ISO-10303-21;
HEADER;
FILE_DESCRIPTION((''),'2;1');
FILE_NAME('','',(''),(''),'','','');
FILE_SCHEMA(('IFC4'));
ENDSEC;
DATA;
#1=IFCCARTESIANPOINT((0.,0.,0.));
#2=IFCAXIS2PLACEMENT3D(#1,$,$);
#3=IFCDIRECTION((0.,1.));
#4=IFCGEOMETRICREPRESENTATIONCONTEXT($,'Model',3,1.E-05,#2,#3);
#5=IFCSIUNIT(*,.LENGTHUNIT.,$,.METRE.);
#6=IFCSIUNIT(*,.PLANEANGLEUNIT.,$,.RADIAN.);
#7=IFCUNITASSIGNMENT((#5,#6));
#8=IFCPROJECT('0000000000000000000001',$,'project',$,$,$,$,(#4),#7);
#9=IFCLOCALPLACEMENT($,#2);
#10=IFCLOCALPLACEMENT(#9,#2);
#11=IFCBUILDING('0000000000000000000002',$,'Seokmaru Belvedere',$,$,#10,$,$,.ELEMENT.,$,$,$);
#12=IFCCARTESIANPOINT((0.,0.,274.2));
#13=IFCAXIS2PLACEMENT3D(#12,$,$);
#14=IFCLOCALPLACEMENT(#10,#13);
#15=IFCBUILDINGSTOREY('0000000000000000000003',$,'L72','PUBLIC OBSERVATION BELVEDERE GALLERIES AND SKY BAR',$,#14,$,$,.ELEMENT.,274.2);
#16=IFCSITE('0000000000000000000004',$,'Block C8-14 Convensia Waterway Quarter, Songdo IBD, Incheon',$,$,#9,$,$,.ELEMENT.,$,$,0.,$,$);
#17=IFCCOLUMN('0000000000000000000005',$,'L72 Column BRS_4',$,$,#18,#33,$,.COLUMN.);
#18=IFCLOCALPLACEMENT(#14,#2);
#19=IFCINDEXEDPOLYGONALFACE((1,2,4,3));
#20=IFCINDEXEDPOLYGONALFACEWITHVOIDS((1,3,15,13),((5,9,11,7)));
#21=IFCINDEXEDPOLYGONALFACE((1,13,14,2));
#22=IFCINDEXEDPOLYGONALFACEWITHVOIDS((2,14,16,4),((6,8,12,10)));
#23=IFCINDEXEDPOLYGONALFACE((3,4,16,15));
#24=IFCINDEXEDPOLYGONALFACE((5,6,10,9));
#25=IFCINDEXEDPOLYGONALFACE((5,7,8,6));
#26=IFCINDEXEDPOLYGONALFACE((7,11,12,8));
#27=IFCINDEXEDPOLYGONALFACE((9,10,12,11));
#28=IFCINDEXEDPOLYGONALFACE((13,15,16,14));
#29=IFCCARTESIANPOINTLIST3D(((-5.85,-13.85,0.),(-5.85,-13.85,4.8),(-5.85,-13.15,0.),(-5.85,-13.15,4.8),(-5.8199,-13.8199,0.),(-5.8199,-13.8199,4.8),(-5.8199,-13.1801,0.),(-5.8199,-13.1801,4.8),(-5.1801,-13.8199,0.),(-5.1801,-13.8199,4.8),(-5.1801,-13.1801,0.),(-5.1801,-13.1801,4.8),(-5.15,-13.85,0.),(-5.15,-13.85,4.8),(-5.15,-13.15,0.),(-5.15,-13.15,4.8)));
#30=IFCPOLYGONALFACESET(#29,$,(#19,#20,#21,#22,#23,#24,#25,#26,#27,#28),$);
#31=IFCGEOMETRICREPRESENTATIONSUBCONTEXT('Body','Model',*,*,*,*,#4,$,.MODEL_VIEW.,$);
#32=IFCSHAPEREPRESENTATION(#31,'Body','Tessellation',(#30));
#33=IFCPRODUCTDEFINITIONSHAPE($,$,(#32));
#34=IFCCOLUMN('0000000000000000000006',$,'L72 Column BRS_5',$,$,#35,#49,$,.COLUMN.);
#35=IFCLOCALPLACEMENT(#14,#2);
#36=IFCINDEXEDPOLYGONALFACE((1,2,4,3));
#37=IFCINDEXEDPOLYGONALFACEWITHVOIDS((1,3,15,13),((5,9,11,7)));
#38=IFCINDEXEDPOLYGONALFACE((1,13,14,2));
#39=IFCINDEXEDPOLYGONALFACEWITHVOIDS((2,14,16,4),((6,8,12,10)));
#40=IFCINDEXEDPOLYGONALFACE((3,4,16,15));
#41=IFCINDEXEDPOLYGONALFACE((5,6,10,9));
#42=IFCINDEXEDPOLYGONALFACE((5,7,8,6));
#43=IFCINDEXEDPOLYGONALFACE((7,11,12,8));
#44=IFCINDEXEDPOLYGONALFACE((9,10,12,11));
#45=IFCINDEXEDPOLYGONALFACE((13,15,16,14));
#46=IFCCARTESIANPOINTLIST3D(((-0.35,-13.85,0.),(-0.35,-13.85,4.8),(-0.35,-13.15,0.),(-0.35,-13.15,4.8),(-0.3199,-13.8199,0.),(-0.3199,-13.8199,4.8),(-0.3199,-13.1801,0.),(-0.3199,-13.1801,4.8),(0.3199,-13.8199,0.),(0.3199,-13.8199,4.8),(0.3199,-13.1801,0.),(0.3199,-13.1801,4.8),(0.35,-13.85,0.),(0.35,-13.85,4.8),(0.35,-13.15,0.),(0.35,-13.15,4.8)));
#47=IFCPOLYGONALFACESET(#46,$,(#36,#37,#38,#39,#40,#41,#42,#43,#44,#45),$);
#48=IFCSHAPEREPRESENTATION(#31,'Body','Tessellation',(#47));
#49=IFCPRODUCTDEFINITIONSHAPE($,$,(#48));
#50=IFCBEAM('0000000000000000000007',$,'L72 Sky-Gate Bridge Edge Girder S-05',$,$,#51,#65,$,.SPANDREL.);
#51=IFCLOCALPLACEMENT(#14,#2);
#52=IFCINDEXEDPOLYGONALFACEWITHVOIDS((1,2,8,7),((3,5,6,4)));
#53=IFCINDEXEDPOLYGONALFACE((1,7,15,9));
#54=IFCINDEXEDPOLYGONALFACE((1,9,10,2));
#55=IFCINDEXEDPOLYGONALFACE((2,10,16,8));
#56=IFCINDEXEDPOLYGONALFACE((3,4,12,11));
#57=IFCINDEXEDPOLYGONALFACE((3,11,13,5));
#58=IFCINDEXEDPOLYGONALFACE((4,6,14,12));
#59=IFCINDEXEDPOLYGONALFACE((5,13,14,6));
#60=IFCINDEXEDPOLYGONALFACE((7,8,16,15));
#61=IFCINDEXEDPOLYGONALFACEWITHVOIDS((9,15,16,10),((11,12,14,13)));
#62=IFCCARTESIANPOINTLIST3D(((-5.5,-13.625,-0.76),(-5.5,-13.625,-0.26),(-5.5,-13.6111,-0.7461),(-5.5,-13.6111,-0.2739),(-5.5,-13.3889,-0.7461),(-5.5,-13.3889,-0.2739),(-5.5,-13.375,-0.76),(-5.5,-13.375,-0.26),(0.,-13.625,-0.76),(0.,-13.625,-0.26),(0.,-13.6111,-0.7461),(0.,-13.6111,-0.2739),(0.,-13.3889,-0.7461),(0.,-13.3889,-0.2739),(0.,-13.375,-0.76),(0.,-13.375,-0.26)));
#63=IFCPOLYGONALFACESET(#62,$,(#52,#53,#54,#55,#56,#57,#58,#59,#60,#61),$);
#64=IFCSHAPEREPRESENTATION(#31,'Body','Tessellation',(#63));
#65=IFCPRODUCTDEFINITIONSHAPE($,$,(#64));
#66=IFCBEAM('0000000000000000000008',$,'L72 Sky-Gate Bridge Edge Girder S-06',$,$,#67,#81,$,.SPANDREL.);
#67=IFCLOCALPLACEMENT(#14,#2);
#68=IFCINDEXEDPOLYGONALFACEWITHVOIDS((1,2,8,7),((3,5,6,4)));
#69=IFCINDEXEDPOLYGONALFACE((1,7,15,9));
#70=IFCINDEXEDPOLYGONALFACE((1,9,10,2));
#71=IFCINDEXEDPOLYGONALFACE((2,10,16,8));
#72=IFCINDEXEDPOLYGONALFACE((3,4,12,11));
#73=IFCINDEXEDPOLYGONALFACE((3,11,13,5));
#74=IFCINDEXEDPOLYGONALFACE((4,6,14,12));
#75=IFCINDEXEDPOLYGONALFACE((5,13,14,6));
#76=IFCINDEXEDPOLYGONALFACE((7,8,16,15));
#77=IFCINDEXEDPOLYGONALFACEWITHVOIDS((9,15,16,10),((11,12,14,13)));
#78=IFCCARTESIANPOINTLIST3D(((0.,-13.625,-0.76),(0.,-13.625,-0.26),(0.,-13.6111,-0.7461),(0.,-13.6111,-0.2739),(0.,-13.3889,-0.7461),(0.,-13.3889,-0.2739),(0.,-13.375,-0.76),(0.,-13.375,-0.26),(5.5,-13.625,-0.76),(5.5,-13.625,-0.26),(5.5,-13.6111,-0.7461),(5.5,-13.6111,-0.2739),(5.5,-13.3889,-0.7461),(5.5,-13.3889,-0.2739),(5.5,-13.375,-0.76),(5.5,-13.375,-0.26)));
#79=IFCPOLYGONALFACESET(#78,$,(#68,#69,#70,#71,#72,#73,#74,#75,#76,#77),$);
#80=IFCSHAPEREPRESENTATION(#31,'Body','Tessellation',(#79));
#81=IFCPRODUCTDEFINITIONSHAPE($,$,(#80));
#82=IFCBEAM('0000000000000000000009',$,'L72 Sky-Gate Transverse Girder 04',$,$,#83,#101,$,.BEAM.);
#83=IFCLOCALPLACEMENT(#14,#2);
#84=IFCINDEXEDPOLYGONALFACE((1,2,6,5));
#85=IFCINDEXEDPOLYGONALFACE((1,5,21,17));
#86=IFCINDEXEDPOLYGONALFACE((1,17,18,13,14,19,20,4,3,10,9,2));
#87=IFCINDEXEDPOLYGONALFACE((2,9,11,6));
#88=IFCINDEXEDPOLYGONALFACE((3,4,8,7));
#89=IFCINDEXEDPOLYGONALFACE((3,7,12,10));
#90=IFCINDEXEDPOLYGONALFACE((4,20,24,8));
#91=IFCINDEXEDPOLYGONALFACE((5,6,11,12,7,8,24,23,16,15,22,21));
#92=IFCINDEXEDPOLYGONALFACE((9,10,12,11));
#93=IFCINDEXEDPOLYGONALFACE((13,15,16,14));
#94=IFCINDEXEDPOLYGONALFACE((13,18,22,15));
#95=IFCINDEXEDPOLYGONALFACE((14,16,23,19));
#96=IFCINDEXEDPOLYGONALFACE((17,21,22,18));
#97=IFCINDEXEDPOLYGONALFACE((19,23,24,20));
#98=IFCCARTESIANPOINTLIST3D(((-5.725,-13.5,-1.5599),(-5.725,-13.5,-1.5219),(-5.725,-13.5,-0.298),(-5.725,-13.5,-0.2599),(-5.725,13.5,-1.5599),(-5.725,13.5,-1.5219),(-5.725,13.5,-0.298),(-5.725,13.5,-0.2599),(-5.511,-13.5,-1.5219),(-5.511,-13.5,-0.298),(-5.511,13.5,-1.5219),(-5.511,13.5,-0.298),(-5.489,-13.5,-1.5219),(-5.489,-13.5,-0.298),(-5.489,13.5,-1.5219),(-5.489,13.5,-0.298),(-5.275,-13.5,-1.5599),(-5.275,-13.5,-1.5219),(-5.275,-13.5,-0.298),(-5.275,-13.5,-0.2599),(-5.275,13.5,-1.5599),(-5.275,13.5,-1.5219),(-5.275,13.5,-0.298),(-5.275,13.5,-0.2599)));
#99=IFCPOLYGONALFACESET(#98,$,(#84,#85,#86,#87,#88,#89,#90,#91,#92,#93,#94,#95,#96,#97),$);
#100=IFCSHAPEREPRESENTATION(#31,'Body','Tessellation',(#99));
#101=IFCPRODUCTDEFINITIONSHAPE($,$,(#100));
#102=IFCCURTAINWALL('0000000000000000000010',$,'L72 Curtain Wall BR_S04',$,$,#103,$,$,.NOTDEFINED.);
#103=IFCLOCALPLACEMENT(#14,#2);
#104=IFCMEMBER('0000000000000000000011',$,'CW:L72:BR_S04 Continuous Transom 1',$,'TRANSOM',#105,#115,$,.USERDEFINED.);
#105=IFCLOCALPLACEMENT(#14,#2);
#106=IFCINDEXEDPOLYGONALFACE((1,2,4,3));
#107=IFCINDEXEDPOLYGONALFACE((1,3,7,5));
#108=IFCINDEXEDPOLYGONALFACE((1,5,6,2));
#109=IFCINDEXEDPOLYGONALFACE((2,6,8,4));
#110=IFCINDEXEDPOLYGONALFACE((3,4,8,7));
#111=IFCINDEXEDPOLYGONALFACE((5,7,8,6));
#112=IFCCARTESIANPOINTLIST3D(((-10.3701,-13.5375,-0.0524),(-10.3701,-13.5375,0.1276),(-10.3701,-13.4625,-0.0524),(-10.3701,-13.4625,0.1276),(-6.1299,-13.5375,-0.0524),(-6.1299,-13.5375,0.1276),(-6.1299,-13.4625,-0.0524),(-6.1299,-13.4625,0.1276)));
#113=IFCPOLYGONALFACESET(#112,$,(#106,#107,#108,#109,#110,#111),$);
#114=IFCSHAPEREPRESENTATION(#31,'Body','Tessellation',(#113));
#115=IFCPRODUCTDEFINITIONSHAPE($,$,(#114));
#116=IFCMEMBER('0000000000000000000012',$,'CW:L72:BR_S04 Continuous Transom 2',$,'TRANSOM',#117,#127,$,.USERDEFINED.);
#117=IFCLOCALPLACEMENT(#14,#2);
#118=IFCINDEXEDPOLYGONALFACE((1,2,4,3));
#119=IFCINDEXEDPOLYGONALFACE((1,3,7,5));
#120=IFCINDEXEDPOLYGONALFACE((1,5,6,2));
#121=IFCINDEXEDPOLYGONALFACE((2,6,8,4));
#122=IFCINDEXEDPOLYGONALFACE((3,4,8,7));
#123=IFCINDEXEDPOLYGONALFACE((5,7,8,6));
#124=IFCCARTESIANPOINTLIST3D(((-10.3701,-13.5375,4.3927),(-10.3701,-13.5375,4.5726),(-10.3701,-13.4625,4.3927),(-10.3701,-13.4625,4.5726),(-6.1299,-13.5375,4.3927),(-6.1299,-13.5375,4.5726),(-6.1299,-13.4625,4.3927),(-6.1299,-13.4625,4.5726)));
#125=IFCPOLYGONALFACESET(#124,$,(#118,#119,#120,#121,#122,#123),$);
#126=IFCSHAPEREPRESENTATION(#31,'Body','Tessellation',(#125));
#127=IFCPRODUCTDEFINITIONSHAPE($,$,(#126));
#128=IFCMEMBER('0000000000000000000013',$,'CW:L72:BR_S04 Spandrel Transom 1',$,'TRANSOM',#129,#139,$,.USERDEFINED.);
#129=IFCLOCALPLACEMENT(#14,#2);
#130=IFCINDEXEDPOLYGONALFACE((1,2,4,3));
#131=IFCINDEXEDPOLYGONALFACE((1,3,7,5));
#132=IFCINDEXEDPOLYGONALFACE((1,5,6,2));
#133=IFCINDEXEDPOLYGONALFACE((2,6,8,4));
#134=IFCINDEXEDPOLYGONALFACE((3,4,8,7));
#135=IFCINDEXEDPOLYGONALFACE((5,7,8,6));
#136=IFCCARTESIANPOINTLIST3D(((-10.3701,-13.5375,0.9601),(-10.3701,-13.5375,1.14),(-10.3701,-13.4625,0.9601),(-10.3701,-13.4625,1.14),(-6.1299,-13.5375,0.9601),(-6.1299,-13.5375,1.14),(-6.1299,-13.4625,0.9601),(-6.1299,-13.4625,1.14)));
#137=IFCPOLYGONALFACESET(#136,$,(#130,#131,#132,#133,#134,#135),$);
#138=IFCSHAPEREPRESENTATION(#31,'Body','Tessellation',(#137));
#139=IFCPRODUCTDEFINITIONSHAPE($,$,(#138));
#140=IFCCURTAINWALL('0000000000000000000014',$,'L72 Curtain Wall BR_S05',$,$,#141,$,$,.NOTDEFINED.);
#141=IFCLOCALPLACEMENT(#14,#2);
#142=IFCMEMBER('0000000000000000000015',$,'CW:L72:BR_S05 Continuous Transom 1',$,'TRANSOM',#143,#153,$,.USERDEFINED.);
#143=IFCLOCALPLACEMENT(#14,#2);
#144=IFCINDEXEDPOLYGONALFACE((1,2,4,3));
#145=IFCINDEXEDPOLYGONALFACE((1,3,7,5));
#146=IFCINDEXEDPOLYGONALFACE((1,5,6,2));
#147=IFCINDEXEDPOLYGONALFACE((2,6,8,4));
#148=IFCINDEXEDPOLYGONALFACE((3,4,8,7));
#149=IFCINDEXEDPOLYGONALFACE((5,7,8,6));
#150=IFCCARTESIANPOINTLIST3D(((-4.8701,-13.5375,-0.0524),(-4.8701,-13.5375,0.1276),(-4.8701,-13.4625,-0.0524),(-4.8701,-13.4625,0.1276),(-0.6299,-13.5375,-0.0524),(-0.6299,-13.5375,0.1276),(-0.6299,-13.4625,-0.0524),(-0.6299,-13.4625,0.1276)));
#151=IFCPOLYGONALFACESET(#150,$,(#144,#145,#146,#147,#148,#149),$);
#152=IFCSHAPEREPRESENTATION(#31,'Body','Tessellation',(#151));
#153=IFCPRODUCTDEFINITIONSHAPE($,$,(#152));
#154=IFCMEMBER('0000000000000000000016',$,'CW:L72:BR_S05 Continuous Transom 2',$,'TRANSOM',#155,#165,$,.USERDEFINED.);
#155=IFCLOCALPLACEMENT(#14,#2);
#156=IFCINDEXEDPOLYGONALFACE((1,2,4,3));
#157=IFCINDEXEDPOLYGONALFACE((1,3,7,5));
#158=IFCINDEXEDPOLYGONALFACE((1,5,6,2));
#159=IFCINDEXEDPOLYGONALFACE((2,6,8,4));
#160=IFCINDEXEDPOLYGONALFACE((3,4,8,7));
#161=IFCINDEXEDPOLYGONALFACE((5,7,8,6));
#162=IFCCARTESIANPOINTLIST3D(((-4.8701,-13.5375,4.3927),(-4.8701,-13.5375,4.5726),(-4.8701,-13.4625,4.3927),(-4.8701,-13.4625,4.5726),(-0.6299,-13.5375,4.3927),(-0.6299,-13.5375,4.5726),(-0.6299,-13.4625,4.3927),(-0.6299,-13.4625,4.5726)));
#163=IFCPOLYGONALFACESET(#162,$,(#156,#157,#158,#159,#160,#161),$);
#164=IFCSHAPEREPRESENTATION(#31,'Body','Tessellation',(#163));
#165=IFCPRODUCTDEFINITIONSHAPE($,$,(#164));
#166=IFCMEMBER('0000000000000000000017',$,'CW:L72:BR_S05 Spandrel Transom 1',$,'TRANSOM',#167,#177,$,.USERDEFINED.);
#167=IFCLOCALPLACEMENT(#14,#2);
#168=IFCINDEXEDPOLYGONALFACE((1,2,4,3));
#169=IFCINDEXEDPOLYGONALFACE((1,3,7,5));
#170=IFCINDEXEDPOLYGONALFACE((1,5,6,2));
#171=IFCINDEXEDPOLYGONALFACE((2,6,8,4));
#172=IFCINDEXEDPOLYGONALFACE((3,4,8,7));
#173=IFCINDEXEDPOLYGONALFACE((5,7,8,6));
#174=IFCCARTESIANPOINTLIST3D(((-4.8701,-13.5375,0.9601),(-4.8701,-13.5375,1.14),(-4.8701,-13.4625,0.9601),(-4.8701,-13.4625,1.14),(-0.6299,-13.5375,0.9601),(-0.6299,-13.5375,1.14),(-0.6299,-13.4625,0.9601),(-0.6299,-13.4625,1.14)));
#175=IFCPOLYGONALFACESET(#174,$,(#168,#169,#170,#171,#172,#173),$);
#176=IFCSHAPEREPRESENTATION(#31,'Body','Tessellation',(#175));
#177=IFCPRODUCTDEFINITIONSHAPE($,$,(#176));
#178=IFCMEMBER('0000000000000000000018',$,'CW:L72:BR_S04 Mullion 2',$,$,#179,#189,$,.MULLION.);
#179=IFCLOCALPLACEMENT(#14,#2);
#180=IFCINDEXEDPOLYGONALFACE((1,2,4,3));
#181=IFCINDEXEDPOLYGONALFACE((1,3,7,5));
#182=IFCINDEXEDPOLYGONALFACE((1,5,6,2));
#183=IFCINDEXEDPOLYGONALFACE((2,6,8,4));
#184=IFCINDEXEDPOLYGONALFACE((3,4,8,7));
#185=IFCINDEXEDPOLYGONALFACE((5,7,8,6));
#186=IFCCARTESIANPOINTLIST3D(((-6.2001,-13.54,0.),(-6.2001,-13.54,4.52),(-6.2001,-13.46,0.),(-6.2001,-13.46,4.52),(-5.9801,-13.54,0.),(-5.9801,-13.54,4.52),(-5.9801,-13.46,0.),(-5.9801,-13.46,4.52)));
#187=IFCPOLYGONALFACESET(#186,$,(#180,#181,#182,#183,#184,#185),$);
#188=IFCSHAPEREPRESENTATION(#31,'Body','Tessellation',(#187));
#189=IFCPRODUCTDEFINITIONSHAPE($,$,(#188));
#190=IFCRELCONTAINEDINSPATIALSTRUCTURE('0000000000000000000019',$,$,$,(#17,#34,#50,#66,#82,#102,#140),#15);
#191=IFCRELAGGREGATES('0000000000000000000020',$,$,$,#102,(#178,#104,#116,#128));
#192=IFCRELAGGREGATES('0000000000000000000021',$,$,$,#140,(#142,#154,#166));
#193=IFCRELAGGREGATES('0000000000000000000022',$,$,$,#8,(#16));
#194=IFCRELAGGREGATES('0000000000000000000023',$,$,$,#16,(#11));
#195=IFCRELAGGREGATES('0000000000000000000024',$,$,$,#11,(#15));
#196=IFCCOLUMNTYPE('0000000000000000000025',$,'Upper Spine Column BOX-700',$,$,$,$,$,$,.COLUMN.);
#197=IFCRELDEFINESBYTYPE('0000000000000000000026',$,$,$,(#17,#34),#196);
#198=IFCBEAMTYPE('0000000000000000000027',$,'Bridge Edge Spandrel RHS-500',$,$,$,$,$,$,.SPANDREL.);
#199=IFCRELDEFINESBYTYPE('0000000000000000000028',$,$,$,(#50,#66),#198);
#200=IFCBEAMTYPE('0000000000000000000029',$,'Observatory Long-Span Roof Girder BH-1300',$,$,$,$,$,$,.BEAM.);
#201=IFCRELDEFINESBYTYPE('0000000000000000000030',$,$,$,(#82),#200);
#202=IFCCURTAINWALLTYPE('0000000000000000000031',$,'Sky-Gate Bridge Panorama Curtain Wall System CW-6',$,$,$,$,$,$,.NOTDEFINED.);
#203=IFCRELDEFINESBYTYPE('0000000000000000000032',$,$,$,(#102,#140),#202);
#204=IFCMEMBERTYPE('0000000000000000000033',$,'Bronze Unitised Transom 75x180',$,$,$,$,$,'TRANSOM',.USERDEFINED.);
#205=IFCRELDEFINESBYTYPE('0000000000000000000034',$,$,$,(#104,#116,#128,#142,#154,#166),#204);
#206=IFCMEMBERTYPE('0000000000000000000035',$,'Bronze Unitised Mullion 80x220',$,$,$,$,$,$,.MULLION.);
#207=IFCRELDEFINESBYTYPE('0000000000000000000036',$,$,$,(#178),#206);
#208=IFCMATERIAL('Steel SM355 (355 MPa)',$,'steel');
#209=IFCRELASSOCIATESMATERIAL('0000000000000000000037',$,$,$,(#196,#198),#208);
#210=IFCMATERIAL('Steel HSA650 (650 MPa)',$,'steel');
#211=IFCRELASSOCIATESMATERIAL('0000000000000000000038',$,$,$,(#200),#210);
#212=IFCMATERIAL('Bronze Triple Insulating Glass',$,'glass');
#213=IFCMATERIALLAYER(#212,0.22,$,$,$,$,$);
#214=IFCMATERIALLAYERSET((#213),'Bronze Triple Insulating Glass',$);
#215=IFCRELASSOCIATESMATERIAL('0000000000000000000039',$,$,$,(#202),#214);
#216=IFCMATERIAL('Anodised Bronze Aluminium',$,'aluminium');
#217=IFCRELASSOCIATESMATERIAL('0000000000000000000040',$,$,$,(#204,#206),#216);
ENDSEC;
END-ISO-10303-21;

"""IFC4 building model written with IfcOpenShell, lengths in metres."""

from ifc_helpers import new_model, si_unit, direction, frame, origin, origin_2d, place, context, subcontext, project, spatial, rectangle, hollow_rectangle, i_section, extrude, source, transform, mapped, material, layer, layer_set, material_profile, profile_set, type_object, type_shapes, element, aggregate, save


model = new_model("IFC4")

# Units and contexts
model_context = context("Model", 3, precision=1e-05, world=origin(), true_north=direction((0.0, 1.0)))
body_context = subcontext(model_context, "Body", "Model", "MODEL_VIEW")
ifc_project = project(units=[si_unit("LENGTHUNIT", "METRE"), si_unit("PLANEANGLEUNIT", "RADIAN")], contexts=[model_context])

# Site, building, storey
site_placement = place(None, origin())
site = spatial("IfcSite", under=ifc_project, at=site_placement, Name="Block C8-14 Convensia Waterway Quarter, Songdo IBD, Incheon", CompositionType="ELEMENT", RefElevation=0.0)
building_placement = place(site_placement, origin())
building = spatial("IfcBuilding", under=site, at=building_placement, Name="Seokmaru Belvedere", CompositionType="ELEMENT")
storey_placement = place(building_placement, frame((0.0, 0.0, 274.2)))
storey = spatial("IfcBuildingStorey", under=building, at=storey_placement, Name="L72", Description="PUBLIC OBSERVATION BELVEDERE GALLERIES AND SKY BAR", CompositionType="ELEMENT", Elevation=274.2)

# Columns
ifc_material_1 = material(Name="Steel SM355 (355 MPa)", Category="steel")
ifc_material_profile_1 = material_profile(ifc_material_1, hollow_rectangle(XDim=0.7, YDim=0.7, WallThickness=0.03, at=origin_2d()), Name="BOX-700x700x30")
ifc_profile_set_1 = profile_set([ifc_material_profile_1], Name="Steel SM355 (355 MPa)")
column_type = type_object("IfcColumnType", Name="Upper Spine Column BOX-700", PredefinedType="COLUMN", material=ifc_profile_set_1)
shared_shape_1 = source(origin(), body_context, "Body", "SweptSolid", [
    extrude(hollow_rectangle(XDim=0.7, YDim=0.7, WallThickness=0.03, at=origin_2d()), origin(), (0.0, 0.0, 1.0), 4.8),
])
type_shapes(column_type, [shared_shape_1])
for number, where, z_axis, x_axis, name in (
    (1, (-5.5, -13.5, 0.0), (0.0, 0.0, 1.0), (1.0, 0.0, 0.0), "L72 Column BRS_4"),
    (2, (0.0, -13.5, 0.0), (0.0, 0.0, 1.0), (1.0, 0.0, 0.0), "L72 Column BRS_5"),
):
    element("IfcColumn", number, at=place(storey_placement, frame(where, z_axis=z_axis, x_axis=x_axis)), inside=storey, type_object=column_type, Name=name, PredefinedType="COLUMN", context=body_context, shape_type="MappedRepresentation", body=[
        mapped(shared_shape_1, transform((0.0, 0.0, 0.0), scale=1.0)),
    ])

# Beams
ifc_material_profile_2 = material_profile(ifc_material_1, hollow_rectangle(XDim=0.25, YDim=0.5, WallThickness=0.0139, at=origin_2d()), Name="RHS-500x250x14")
ifc_profile_set_2 = profile_set([ifc_material_profile_2], Name="Steel SM355 (355 MPa)")
beam_type_1 = type_object("IfcBeamType", Name="Bridge Edge Spandrel RHS-500", PredefinedType="SPANDREL", material=ifc_profile_set_2)
shared_shape_2 = source(origin(), body_context, "Body", "SweptSolid", [
    extrude(hollow_rectangle(XDim=0.25, YDim=0.5, WallThickness=0.0139, at=origin_2d()), origin(), (0.0, 0.0, 1.0), 5.5),
])
type_shapes(beam_type_1, [shared_shape_2])
for number, where, z_axis, x_axis, name in (
    (3, (-5.5, -13.5, -0.51), (1.0, 0.0, 0.0), (0.0, 1.0, 0.0), "L72 Sky-Gate Bridge Edge Girder S-05"),
    (4, (0.0, -13.5, -0.51), (1.0, 0.0, 0.0), (0.0, 1.0, 0.0), "L72 Sky-Gate Bridge Edge Girder S-06"),
):
    element("IfcBeam", number, at=place(storey_placement, frame(where, z_axis=z_axis, x_axis=x_axis)), inside=storey, type_object=beam_type_1, Name=name, PredefinedType="SPANDREL", context=body_context, shape_type="MappedRepresentation", body=[
        mapped(shared_shape_2, transform((0.0, 0.0, 0.0), scale=1.0)),
    ])
ifc_material_2 = material(Name="Steel HSA650 (650 MPa)", Category="steel")
ifc_material_profile_3 = material_profile(ifc_material_2, i_section(OverallWidth=0.45, OverallDepth=1.3, WebThickness=0.022, FlangeThickness=0.0381, at=origin_2d()), Name="BH-1300x450x22x38")
ifc_profile_set_3 = profile_set([ifc_material_profile_3], Name="Steel HSA650 (650 MPa)")
beam_type_2 = type_object("IfcBeamType", Name="Observatory Long-Span Roof Girder BH-1300", PredefinedType="BEAM", material=ifc_profile_set_3)
shared_shape_3 = source(origin(), body_context, "Body", "SweptSolid", [
    extrude(i_section(OverallWidth=0.45, OverallDepth=1.3, WebThickness=0.022, FlangeThickness=0.0381, at=origin_2d()), origin(), (0.0, 0.0, 1.0), 27.0),
])
type_shapes(beam_type_2, [shared_shape_3])
beam_placement = place(storey_placement, frame((-5.5, -13.5, -0.9099), z_axis=(0.0, 1.0, 0.0), x_axis=(-1.0, 0.0, 0.0)))
element("IfcBeam", 5, at=beam_placement, inside=storey, type_object=beam_type_2, Name="L72 Sky-Gate Transverse Girder 04", PredefinedType="BEAM", context=body_context, shape_type="MappedRepresentation", body=[
    mapped(shared_shape_3, transform((0.0, 0.0, 0.0), scale=1.0)),
])

# Curtain walls, members
ifc_material_3 = material(Name="Bronze Triple Insulating Glass", Category="glass")
ifc_layer_1 = layer(ifc_material_3, 0.22)
ifc_layer_set_1 = layer_set([ifc_layer_1], Name="Bronze Triple Insulating Glass")
curtain_wall_type = type_object("IfcCurtainWallType", Name="Sky-Gate Bridge Panorama Curtain Wall System CW-6", PredefinedType="NOTDEFINED", material=ifc_layer_set_1)
curtain_wall_1_placement = place(storey_placement, origin())
curtain_wall_1 = element("IfcCurtainWall", 6, at=curtain_wall_1_placement, inside=storey, type_object=curtain_wall_type, Name="L72 Curtain Wall BR_S04", PredefinedType="NOTDEFINED")
ifc_material_4 = material(Name="Anodised Bronze Aluminium", Category="aluminium")
ifc_material_profile_4 = material_profile(ifc_material_4, rectangle(XDim=0.075, YDim=0.1799, at=origin_2d()), Name="CW-T-75x180")
ifc_profile_set_4 = profile_set([ifc_material_profile_4], Name="Anodised Bronze Aluminium")
member_type_1 = type_object("IfcMemberType", Name="Bronze Unitised Transom 75x180", ElementType="TRANSOM", PredefinedType="USERDEFINED", material=ifc_profile_set_4)
shared_shape_4 = source(origin(), body_context, "Body", "SweptSolid", [
    extrude(rectangle(XDim=0.075, YDim=0.1799, at=origin_2d()), origin(), (0.0, 0.0, 1.0), 4.2402),
])
type_shapes(member_type_1, [shared_shape_4])
member_1_placement = place(storey_placement, frame((-10.3701, -13.5, 0.0376), z_axis=(1.0, 0.0, 0.0), x_axis=(0.0, 1.0, 0.0)))
member_1 = element("IfcMember", 7, at=member_1_placement, type_object=member_type_1, Name="CW:L72:BR_S04 Continuous Transom 1", ObjectType="TRANSOM", PredefinedType="USERDEFINED", context=body_context, shape_type="MappedRepresentation", body=[
    mapped(shared_shape_4, transform((0.0, 0.0, 0.0), scale=1.0)),
])
member_2_placement = place(storey_placement, frame((-10.3701, -13.5, 4.4827), z_axis=(1.0, 0.0, 0.0), x_axis=(0.0, 1.0, 0.0)))
member_2 = element("IfcMember", 8, at=member_2_placement, type_object=member_type_1, Name="CW:L72:BR_S04 Continuous Transom 2", ObjectType="TRANSOM", PredefinedType="USERDEFINED", context=body_context, shape_type="MappedRepresentation", body=[
    mapped(shared_shape_4, transform((0.0, 0.0, 0.0), scale=1.0)),
])
member_3_placement = place(storey_placement, frame((-10.3701, -13.5, 1.05), z_axis=(1.0, 0.0, 0.0), x_axis=(0.0, 1.0, 0.0)))
member_3 = element("IfcMember", 9, at=member_3_placement, type_object=member_type_1, Name="CW:L72:BR_S04 Spandrel Transom 1", ObjectType="TRANSOM", PredefinedType="USERDEFINED", context=body_context, shape_type="MappedRepresentation", body=[
    mapped(shared_shape_4, transform((0.0, 0.0, 0.0), scale=1.0)),
])
curtain_wall_2_placement = place(storey_placement, origin())
curtain_wall_2 = element("IfcCurtainWall", 10, at=curtain_wall_2_placement, inside=storey, type_object=curtain_wall_type, Name="L72 Curtain Wall BR_S05", PredefinedType="NOTDEFINED")
member_4_placement = place(storey_placement, frame((-4.8701, -13.5, 0.0376), z_axis=(1.0, 0.0, 0.0), x_axis=(0.0, 1.0, 0.0)))
member_4 = element("IfcMember", 11, at=member_4_placement, type_object=member_type_1, Name="CW:L72:BR_S05 Continuous Transom 1", ObjectType="TRANSOM", PredefinedType="USERDEFINED", context=body_context, shape_type="MappedRepresentation", body=[
    mapped(shared_shape_4, transform((0.0, 0.0, 0.0), scale=1.0)),
])
member_5_placement = place(storey_placement, frame((-4.8701, -13.5, 4.4827), z_axis=(1.0, 0.0, 0.0), x_axis=(0.0, 1.0, 0.0)))
member_5 = element("IfcMember", 12, at=member_5_placement, type_object=member_type_1, Name="CW:L72:BR_S05 Continuous Transom 2", ObjectType="TRANSOM", PredefinedType="USERDEFINED", context=body_context, shape_type="MappedRepresentation", body=[
    mapped(shared_shape_4, transform((0.0, 0.0, 0.0), scale=1.0)),
])
member_6_placement = place(storey_placement, frame((-4.8701, -13.5, 1.05), z_axis=(1.0, 0.0, 0.0), x_axis=(0.0, 1.0, 0.0)))
member_6 = element("IfcMember", 13, at=member_6_placement, type_object=member_type_1, Name="CW:L72:BR_S05 Spandrel Transom 1", ObjectType="TRANSOM", PredefinedType="USERDEFINED", context=body_context, shape_type="MappedRepresentation", body=[
    mapped(shared_shape_4, transform((0.0, 0.0, 0.0), scale=1.0)),
])

# Member
ifc_material_profile_5 = material_profile(ifc_material_4, rectangle(XDim=0.0801, YDim=0.22, at=origin_2d()), Name="CW-M-80x220")
ifc_profile_set_5 = profile_set([ifc_material_profile_5], Name="Anodised Bronze Aluminium")
member_type_2 = type_object("IfcMemberType", Name="Bronze Unitised Mullion 80x220", PredefinedType="MULLION", material=ifc_profile_set_5)
shared_shape_5 = source(origin(), body_context, "Body", "SweptSolid", [
    extrude(rectangle(XDim=0.0801, YDim=0.22, at=origin_2d()), origin(), (0.0, 0.0, 1.0), 4.52),
])
type_shapes(member_type_2, [shared_shape_5])
member_7_placement = place(storey_placement, frame((-6.0901, -13.5, 0.0), z_axis=(0.0, 0.0, 1.0), x_axis=(0.0, 1.0, 0.0)))
member_7 = element("IfcMember", 14, at=member_7_placement, type_object=member_type_2, Name="CW:L72:BR_S04 Mullion 2", PredefinedType="MULLION", context=body_context, shape_type="MappedRepresentation", body=[
    mapped(shared_shape_5, transform((0.0, 0.0, 0.0), scale=1.0)),
])

aggregate(curtain_wall_1, [member_7, member_1, member_2, member_3])
aggregate(curtain_wall_2, [member_4, member_5, member_6])

save(model, "model.ifc")
